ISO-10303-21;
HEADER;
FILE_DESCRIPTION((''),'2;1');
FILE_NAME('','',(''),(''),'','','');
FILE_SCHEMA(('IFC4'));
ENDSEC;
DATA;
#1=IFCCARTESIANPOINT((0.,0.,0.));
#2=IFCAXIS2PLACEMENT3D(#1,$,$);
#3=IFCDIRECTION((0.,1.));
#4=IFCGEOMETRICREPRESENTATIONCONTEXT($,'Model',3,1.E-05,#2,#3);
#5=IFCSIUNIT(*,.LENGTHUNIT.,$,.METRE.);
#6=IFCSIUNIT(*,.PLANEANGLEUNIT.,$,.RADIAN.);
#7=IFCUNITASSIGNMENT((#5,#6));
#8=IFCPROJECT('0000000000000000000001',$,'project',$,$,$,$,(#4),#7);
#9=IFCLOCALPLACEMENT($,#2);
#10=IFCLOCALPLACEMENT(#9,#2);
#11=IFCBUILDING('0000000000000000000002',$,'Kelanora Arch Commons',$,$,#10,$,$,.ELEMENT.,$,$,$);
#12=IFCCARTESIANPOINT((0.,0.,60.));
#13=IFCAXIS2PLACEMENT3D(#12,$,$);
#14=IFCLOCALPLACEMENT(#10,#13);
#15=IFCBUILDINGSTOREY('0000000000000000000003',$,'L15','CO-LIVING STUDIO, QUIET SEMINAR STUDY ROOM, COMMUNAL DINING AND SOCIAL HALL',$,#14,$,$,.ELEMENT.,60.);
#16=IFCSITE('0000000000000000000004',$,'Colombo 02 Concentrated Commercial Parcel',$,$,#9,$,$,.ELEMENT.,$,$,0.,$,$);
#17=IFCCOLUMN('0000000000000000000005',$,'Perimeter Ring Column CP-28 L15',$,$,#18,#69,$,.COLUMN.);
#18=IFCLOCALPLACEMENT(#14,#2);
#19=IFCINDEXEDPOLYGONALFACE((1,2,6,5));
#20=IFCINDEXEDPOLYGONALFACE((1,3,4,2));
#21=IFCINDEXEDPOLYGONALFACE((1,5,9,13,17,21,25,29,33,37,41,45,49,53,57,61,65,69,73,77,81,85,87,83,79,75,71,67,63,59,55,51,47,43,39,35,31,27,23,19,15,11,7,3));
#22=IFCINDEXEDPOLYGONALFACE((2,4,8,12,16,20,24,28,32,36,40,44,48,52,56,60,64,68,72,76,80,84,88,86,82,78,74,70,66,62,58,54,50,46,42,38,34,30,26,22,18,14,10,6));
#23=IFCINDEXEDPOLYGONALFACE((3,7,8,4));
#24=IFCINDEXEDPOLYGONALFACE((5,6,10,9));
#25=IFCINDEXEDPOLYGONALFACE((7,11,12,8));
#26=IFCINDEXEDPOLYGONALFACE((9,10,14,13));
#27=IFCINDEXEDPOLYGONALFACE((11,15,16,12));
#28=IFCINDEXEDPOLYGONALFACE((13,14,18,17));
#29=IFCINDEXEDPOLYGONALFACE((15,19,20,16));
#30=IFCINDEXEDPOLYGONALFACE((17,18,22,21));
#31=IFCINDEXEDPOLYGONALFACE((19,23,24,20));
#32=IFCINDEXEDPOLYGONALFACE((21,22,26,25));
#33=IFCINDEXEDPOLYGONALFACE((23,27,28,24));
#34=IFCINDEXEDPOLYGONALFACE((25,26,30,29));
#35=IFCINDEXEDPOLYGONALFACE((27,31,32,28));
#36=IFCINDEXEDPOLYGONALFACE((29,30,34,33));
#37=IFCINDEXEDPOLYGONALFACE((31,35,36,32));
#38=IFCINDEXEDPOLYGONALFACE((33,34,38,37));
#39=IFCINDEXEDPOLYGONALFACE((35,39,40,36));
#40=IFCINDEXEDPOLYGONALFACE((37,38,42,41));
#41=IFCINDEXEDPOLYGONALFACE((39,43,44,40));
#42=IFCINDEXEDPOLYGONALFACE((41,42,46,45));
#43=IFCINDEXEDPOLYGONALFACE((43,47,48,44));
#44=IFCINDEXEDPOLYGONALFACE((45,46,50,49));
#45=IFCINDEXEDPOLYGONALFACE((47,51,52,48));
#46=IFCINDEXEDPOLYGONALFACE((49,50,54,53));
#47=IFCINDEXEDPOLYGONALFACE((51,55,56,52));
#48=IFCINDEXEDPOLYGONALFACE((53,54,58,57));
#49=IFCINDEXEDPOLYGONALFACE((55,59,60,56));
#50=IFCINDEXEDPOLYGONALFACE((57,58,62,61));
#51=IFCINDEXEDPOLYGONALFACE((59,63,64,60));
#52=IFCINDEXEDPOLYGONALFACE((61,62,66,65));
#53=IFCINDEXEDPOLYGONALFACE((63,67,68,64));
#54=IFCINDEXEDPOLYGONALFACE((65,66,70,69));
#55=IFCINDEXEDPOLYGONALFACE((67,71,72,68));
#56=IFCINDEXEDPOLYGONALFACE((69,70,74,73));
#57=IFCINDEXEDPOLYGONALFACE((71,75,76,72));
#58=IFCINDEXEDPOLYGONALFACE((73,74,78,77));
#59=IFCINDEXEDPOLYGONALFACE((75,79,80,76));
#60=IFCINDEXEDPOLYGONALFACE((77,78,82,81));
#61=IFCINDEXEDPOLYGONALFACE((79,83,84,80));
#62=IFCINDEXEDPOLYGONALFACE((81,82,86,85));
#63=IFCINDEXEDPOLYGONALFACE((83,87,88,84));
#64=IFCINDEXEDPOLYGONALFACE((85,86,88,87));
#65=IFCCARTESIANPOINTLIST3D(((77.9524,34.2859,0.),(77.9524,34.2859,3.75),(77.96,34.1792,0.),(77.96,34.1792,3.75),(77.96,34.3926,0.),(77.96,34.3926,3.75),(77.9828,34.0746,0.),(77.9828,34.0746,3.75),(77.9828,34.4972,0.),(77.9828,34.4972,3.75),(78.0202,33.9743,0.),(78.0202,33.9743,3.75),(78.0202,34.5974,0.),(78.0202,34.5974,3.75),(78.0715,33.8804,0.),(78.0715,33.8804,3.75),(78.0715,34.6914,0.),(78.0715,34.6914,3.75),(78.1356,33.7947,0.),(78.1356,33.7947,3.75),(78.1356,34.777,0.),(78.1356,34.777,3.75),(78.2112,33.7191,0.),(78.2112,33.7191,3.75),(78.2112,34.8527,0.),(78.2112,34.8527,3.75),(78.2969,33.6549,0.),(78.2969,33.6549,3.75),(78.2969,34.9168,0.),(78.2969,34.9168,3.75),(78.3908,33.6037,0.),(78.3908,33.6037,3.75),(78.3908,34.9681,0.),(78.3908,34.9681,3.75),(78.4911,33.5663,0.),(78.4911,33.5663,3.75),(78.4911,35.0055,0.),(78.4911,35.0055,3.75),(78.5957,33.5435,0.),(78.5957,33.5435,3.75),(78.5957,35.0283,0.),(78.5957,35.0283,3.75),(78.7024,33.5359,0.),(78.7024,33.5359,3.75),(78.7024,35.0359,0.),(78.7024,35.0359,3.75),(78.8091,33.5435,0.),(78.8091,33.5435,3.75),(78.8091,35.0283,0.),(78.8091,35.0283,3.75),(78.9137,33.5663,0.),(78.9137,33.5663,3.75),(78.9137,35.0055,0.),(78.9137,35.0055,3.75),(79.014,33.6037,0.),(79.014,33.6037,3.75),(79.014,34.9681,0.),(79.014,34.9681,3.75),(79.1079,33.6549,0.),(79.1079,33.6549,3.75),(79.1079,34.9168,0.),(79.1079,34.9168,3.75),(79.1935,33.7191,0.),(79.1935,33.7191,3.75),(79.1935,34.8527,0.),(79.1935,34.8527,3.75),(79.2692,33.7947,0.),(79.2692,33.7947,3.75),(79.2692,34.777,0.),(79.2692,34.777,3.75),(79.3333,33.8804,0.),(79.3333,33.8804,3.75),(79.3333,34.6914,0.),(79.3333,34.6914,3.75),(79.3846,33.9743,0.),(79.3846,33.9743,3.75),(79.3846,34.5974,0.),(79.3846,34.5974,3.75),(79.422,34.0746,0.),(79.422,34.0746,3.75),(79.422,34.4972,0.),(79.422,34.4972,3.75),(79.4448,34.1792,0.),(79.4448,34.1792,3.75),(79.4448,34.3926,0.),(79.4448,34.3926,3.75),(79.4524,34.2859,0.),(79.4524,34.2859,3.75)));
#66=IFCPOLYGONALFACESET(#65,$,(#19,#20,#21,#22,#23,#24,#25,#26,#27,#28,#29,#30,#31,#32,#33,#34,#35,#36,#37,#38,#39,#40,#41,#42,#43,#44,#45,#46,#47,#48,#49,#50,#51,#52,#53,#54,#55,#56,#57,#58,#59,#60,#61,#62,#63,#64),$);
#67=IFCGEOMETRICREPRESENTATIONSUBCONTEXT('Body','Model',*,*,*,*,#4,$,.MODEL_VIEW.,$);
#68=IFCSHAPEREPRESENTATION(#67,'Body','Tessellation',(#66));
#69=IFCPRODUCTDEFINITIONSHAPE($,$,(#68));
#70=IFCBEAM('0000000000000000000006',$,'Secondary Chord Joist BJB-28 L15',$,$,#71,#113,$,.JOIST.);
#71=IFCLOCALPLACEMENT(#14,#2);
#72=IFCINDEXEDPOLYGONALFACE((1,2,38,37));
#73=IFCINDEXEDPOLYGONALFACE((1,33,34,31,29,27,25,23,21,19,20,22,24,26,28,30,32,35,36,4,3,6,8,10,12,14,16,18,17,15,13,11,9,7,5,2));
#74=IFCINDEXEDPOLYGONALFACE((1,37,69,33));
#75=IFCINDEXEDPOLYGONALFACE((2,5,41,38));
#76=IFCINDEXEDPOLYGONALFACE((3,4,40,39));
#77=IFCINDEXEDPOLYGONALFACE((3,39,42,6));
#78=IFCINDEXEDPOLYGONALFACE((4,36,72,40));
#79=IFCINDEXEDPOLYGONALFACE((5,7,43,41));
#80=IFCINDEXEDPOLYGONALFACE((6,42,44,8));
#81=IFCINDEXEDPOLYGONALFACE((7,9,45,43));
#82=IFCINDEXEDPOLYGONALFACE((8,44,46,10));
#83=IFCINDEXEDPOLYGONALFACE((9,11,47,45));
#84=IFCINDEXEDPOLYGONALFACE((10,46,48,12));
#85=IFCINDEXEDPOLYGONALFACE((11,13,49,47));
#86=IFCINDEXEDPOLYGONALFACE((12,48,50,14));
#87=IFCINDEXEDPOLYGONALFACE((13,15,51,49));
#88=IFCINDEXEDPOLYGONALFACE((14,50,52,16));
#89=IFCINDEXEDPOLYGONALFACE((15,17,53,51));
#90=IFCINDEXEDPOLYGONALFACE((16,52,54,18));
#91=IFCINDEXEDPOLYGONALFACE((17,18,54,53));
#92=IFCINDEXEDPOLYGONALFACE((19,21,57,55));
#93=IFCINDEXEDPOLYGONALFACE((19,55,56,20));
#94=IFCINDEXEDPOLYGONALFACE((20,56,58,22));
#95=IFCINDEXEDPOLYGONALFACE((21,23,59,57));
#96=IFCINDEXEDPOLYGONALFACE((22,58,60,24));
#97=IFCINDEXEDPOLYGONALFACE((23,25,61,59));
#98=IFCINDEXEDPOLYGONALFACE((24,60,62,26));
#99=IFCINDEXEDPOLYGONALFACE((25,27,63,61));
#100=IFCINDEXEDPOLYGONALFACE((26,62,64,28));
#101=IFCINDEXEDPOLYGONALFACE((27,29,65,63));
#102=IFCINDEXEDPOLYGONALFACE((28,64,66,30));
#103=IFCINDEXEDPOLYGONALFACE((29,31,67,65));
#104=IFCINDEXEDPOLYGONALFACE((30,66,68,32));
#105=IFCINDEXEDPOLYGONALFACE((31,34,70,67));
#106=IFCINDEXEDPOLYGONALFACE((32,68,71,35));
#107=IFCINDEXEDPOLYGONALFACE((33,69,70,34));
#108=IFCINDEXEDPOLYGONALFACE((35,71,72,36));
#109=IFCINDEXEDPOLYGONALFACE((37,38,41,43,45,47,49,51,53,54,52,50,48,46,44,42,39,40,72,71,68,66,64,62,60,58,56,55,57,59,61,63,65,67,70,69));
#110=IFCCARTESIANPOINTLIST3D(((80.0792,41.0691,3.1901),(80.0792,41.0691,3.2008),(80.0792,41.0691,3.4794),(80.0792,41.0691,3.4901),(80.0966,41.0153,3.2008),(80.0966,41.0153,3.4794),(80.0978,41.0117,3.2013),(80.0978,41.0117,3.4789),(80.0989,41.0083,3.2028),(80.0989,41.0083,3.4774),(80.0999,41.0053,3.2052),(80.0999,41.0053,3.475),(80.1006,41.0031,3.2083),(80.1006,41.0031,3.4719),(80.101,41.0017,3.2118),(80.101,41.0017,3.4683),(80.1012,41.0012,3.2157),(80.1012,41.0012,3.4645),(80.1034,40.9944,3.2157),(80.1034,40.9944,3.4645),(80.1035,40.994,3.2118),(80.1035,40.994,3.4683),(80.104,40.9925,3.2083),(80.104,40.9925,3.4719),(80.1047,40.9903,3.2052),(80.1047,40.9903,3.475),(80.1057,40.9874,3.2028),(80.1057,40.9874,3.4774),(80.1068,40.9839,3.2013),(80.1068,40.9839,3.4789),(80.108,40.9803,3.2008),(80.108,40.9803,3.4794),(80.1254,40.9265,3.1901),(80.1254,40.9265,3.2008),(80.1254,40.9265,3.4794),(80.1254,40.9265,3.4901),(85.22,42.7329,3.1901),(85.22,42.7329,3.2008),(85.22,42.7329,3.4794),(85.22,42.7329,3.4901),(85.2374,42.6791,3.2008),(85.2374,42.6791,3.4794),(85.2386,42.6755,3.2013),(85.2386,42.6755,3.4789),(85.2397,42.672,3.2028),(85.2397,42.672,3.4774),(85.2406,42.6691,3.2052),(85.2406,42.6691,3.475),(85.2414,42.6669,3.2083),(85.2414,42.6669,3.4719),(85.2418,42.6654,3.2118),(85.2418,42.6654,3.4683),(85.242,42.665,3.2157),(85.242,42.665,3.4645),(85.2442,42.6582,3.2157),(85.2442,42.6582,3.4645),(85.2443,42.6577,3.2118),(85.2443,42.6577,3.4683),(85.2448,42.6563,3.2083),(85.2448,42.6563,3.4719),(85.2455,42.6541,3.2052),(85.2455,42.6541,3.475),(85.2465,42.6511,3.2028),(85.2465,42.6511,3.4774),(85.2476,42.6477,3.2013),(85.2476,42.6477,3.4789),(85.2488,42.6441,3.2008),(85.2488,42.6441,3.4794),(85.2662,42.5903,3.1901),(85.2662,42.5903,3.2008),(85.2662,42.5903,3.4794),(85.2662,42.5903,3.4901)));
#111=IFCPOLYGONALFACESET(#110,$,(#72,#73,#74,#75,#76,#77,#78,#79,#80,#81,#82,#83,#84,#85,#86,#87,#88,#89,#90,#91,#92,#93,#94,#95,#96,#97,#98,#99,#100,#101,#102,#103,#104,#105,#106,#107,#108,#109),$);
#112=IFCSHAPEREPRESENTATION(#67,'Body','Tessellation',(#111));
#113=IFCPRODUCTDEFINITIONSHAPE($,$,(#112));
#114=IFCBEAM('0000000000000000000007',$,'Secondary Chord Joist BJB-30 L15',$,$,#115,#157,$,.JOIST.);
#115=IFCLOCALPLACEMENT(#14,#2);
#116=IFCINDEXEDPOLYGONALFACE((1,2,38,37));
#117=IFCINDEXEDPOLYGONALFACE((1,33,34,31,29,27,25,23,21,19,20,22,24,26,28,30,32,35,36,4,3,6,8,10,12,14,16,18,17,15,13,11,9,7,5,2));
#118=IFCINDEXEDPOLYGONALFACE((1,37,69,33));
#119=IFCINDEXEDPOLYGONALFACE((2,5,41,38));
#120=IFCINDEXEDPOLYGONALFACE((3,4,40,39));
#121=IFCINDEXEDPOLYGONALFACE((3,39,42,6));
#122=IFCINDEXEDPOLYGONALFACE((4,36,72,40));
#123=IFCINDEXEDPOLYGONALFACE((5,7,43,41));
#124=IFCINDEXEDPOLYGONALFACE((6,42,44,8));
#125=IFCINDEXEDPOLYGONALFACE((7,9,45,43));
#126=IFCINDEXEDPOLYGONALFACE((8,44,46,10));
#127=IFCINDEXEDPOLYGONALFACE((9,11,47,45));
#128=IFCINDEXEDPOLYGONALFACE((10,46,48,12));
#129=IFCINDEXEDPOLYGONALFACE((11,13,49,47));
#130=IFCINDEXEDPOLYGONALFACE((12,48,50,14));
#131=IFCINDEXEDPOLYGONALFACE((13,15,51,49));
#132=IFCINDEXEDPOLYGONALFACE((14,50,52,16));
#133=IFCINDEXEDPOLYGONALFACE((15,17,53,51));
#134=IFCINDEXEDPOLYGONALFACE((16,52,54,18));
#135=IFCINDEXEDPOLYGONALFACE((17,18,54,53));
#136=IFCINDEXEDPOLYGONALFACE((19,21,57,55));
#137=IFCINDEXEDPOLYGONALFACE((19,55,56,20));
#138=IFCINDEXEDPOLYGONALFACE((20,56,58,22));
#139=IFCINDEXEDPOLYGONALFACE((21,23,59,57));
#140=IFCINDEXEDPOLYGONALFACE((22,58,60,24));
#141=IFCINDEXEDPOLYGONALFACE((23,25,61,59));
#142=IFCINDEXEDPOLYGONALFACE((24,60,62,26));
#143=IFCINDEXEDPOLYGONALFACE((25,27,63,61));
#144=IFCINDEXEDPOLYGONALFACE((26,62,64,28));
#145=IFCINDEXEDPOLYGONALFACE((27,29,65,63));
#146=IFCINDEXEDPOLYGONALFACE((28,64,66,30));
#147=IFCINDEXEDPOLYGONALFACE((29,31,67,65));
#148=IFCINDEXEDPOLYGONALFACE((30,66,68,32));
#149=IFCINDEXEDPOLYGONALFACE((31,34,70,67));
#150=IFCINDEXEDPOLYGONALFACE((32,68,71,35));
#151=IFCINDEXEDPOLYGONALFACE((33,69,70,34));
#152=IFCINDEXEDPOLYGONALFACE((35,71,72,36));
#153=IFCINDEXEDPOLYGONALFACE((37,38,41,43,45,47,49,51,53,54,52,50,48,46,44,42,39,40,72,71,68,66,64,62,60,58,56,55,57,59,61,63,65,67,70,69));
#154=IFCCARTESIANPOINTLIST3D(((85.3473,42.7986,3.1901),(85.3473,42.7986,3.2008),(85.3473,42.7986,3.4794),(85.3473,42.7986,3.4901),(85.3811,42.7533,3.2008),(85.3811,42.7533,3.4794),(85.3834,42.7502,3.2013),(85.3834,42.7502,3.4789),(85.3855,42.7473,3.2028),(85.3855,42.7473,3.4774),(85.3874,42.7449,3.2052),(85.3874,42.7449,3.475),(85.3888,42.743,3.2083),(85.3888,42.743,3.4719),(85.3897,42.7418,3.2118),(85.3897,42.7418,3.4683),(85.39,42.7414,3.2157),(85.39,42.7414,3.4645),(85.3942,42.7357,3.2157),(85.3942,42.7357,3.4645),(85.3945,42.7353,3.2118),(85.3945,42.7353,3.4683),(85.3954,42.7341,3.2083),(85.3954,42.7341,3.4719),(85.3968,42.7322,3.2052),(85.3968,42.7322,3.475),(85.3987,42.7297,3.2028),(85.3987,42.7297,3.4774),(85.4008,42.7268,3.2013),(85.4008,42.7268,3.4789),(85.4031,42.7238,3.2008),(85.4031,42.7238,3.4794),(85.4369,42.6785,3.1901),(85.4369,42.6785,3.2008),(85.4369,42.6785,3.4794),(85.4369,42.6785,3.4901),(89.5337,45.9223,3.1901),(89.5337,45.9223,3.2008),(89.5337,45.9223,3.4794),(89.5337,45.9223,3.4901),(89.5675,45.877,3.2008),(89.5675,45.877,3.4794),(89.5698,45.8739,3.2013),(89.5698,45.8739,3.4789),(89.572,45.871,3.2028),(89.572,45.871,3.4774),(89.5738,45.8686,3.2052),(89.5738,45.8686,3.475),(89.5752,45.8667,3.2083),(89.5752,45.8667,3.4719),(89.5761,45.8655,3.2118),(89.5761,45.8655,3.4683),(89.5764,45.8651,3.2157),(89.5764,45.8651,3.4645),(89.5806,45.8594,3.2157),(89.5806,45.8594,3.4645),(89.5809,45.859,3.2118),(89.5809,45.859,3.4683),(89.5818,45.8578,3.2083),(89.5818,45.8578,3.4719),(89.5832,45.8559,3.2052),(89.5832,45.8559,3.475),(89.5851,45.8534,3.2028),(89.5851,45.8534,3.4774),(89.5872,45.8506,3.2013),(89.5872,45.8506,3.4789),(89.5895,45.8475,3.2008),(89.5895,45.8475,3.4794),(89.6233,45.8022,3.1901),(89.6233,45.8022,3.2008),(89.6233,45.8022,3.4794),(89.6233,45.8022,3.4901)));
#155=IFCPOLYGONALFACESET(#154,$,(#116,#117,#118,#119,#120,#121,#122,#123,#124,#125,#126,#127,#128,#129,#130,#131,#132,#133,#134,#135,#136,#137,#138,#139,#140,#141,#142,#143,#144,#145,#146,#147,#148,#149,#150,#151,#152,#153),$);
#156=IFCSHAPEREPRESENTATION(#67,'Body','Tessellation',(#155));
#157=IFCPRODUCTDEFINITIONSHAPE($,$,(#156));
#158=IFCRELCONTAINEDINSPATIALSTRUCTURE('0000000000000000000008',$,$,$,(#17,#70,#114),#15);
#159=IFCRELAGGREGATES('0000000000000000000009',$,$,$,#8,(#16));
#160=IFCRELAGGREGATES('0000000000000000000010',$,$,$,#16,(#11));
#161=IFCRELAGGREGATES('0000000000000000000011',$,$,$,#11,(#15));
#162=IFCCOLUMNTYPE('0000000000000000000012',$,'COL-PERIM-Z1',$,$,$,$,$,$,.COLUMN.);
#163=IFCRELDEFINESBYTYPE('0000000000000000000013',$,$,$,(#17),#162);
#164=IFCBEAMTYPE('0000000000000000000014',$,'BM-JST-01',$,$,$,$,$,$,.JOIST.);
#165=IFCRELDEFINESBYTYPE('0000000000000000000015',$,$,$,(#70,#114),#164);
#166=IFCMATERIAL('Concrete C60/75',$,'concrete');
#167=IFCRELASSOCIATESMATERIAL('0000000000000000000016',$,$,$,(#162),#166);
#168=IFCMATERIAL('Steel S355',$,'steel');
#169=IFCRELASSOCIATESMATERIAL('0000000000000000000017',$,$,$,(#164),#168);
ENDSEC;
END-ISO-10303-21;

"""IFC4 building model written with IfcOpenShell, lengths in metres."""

from ifc_helpers import new_model, si_unit, direction, frame, origin, origin_2d, place, context, subcontext, project, spatial, circle, i_section, extrude, material, material_profile, profile_set, type_object, element, save


model = new_model("IFC4")

# Units and contexts
model_context = context("Model", 3, precision=1e-05, world=origin(), true_north=direction((0.0, 1.0)))
body_context = subcontext(model_context, "Body", "Model", "MODEL_VIEW")
ifc_project = project(units=[si_unit("LENGTHUNIT", "METRE"), si_unit("PLANEANGLEUNIT", "RADIAN")], contexts=[model_context])

# Site, building, storey
site_placement = place(None, origin())
site = spatial("IfcSite", under=ifc_project, at=site_placement, Name="Colombo 02 Concentrated Commercial Parcel", CompositionType="ELEMENT", RefElevation=0.0)
building_placement = place(site_placement, origin())
building = spatial("IfcBuilding", under=site, at=building_placement, Name="Kelanora Arch Commons", CompositionType="ELEMENT")
storey_placement = place(building_placement, frame((0.0, 0.0, 60.0)))
storey = spatial("IfcBuildingStorey", under=building, at=storey_placement, Name="L15", Description="CO-LIVING STUDIO, QUIET SEMINAR STUDY ROOM, COMMUNAL DINING AND SOCIAL HALL", CompositionType="ELEMENT", Elevation=60.0)

# Column
ifc_material_1 = material(Name="Concrete C60/75", Category="concrete")
ifc_material_profile_1 = material_profile(ifc_material_1, circle(Radius=0.75, at=origin_2d()), Name="RCC1500")
ifc_profile_set_1 = profile_set([ifc_material_profile_1], Name="Concrete C60/75")
column_type = type_object("IfcColumnType", Name="COL-PERIM-Z1", PredefinedType="COLUMN", material=ifc_profile_set_1)
column_placement = place(storey_placement, frame((78.7024, 34.2859, 0.0), z_axis=(0.0, 0.0, 1.0), x_axis=(1.0, 0.0, 0.0)))
element("IfcColumn", 1, at=column_placement, inside=storey, type_object=column_type, Name="Perimeter Ring Column CP-28 L15", PredefinedType="COLUMN", context=body_context, shape_type="SweptSolid", body=[
    extrude(circle(Radius=0.75, at=origin_2d()), origin(), (0.0, 0.0, 1.0), 3.75),
])

# Beams
ifc_material_2 = material(Name="Steel S355", Category="steel")
ifc_material_profile_2 = material_profile(ifc_material_2, i_section(OverallWidth=0.1499, OverallDepth=0.3, WebThickness=0.0071, FlangeThickness=0.0107, FilletRadius=0.0149, at=origin_2d()), Name="IPE300")
ifc_profile_set_2 = profile_set([ifc_material_profile_2], Name="Steel S355")
beam_type_1 = type_object("IfcBeamType", Name="BM-JST-01", PredefinedType="JOIST", material=ifc_profile_set_2)
beam_1_placement = place(storey_placement, frame((80.1023, 40.9978, 3.3401), z_axis=(0.951412, 0.30792, 0.0), x_axis=(-0.30792, 0.951412, 0.0)))
element("IfcBeam", 2, at=beam_1_placement, inside=storey, type_object=beam_type_1, Name="Secondary Chord Joist BJB-28 L15", PredefinedType="JOIST", context=body_context, shape_type="SweptSolid", body=[
    extrude(i_section(OverallWidth=0.1499, OverallDepth=0.3, WebThickness=0.0071, FlangeThickness=0.0107, FilletRadius=0.0149, at=origin_2d()), origin(), (0.0, 0.0, 1.0), 5.4033),
])
beam_2_placement = place(storey_placement, frame((85.3921, 42.7385, 3.3401), z_axis=(0.801478, 0.598024, 0.0), x_axis=(-0.598024, 0.801478, 0.0)))
element("IfcBeam", 3, at=beam_2_placement, inside=storey, type_object=beam_type_1, Name="Secondary Chord Joist BJB-30 L15", PredefinedType="JOIST", context=body_context, shape_type="SweptSolid", body=[
    extrude(i_section(OverallWidth=0.1499, OverallDepth=0.3, WebThickness=0.0071, FlangeThickness=0.0107, FilletRadius=0.0149, at=origin_2d()), origin(), (0.0, 0.0, 1.0), 5.2234),
])

save(model, "model.ifc")
